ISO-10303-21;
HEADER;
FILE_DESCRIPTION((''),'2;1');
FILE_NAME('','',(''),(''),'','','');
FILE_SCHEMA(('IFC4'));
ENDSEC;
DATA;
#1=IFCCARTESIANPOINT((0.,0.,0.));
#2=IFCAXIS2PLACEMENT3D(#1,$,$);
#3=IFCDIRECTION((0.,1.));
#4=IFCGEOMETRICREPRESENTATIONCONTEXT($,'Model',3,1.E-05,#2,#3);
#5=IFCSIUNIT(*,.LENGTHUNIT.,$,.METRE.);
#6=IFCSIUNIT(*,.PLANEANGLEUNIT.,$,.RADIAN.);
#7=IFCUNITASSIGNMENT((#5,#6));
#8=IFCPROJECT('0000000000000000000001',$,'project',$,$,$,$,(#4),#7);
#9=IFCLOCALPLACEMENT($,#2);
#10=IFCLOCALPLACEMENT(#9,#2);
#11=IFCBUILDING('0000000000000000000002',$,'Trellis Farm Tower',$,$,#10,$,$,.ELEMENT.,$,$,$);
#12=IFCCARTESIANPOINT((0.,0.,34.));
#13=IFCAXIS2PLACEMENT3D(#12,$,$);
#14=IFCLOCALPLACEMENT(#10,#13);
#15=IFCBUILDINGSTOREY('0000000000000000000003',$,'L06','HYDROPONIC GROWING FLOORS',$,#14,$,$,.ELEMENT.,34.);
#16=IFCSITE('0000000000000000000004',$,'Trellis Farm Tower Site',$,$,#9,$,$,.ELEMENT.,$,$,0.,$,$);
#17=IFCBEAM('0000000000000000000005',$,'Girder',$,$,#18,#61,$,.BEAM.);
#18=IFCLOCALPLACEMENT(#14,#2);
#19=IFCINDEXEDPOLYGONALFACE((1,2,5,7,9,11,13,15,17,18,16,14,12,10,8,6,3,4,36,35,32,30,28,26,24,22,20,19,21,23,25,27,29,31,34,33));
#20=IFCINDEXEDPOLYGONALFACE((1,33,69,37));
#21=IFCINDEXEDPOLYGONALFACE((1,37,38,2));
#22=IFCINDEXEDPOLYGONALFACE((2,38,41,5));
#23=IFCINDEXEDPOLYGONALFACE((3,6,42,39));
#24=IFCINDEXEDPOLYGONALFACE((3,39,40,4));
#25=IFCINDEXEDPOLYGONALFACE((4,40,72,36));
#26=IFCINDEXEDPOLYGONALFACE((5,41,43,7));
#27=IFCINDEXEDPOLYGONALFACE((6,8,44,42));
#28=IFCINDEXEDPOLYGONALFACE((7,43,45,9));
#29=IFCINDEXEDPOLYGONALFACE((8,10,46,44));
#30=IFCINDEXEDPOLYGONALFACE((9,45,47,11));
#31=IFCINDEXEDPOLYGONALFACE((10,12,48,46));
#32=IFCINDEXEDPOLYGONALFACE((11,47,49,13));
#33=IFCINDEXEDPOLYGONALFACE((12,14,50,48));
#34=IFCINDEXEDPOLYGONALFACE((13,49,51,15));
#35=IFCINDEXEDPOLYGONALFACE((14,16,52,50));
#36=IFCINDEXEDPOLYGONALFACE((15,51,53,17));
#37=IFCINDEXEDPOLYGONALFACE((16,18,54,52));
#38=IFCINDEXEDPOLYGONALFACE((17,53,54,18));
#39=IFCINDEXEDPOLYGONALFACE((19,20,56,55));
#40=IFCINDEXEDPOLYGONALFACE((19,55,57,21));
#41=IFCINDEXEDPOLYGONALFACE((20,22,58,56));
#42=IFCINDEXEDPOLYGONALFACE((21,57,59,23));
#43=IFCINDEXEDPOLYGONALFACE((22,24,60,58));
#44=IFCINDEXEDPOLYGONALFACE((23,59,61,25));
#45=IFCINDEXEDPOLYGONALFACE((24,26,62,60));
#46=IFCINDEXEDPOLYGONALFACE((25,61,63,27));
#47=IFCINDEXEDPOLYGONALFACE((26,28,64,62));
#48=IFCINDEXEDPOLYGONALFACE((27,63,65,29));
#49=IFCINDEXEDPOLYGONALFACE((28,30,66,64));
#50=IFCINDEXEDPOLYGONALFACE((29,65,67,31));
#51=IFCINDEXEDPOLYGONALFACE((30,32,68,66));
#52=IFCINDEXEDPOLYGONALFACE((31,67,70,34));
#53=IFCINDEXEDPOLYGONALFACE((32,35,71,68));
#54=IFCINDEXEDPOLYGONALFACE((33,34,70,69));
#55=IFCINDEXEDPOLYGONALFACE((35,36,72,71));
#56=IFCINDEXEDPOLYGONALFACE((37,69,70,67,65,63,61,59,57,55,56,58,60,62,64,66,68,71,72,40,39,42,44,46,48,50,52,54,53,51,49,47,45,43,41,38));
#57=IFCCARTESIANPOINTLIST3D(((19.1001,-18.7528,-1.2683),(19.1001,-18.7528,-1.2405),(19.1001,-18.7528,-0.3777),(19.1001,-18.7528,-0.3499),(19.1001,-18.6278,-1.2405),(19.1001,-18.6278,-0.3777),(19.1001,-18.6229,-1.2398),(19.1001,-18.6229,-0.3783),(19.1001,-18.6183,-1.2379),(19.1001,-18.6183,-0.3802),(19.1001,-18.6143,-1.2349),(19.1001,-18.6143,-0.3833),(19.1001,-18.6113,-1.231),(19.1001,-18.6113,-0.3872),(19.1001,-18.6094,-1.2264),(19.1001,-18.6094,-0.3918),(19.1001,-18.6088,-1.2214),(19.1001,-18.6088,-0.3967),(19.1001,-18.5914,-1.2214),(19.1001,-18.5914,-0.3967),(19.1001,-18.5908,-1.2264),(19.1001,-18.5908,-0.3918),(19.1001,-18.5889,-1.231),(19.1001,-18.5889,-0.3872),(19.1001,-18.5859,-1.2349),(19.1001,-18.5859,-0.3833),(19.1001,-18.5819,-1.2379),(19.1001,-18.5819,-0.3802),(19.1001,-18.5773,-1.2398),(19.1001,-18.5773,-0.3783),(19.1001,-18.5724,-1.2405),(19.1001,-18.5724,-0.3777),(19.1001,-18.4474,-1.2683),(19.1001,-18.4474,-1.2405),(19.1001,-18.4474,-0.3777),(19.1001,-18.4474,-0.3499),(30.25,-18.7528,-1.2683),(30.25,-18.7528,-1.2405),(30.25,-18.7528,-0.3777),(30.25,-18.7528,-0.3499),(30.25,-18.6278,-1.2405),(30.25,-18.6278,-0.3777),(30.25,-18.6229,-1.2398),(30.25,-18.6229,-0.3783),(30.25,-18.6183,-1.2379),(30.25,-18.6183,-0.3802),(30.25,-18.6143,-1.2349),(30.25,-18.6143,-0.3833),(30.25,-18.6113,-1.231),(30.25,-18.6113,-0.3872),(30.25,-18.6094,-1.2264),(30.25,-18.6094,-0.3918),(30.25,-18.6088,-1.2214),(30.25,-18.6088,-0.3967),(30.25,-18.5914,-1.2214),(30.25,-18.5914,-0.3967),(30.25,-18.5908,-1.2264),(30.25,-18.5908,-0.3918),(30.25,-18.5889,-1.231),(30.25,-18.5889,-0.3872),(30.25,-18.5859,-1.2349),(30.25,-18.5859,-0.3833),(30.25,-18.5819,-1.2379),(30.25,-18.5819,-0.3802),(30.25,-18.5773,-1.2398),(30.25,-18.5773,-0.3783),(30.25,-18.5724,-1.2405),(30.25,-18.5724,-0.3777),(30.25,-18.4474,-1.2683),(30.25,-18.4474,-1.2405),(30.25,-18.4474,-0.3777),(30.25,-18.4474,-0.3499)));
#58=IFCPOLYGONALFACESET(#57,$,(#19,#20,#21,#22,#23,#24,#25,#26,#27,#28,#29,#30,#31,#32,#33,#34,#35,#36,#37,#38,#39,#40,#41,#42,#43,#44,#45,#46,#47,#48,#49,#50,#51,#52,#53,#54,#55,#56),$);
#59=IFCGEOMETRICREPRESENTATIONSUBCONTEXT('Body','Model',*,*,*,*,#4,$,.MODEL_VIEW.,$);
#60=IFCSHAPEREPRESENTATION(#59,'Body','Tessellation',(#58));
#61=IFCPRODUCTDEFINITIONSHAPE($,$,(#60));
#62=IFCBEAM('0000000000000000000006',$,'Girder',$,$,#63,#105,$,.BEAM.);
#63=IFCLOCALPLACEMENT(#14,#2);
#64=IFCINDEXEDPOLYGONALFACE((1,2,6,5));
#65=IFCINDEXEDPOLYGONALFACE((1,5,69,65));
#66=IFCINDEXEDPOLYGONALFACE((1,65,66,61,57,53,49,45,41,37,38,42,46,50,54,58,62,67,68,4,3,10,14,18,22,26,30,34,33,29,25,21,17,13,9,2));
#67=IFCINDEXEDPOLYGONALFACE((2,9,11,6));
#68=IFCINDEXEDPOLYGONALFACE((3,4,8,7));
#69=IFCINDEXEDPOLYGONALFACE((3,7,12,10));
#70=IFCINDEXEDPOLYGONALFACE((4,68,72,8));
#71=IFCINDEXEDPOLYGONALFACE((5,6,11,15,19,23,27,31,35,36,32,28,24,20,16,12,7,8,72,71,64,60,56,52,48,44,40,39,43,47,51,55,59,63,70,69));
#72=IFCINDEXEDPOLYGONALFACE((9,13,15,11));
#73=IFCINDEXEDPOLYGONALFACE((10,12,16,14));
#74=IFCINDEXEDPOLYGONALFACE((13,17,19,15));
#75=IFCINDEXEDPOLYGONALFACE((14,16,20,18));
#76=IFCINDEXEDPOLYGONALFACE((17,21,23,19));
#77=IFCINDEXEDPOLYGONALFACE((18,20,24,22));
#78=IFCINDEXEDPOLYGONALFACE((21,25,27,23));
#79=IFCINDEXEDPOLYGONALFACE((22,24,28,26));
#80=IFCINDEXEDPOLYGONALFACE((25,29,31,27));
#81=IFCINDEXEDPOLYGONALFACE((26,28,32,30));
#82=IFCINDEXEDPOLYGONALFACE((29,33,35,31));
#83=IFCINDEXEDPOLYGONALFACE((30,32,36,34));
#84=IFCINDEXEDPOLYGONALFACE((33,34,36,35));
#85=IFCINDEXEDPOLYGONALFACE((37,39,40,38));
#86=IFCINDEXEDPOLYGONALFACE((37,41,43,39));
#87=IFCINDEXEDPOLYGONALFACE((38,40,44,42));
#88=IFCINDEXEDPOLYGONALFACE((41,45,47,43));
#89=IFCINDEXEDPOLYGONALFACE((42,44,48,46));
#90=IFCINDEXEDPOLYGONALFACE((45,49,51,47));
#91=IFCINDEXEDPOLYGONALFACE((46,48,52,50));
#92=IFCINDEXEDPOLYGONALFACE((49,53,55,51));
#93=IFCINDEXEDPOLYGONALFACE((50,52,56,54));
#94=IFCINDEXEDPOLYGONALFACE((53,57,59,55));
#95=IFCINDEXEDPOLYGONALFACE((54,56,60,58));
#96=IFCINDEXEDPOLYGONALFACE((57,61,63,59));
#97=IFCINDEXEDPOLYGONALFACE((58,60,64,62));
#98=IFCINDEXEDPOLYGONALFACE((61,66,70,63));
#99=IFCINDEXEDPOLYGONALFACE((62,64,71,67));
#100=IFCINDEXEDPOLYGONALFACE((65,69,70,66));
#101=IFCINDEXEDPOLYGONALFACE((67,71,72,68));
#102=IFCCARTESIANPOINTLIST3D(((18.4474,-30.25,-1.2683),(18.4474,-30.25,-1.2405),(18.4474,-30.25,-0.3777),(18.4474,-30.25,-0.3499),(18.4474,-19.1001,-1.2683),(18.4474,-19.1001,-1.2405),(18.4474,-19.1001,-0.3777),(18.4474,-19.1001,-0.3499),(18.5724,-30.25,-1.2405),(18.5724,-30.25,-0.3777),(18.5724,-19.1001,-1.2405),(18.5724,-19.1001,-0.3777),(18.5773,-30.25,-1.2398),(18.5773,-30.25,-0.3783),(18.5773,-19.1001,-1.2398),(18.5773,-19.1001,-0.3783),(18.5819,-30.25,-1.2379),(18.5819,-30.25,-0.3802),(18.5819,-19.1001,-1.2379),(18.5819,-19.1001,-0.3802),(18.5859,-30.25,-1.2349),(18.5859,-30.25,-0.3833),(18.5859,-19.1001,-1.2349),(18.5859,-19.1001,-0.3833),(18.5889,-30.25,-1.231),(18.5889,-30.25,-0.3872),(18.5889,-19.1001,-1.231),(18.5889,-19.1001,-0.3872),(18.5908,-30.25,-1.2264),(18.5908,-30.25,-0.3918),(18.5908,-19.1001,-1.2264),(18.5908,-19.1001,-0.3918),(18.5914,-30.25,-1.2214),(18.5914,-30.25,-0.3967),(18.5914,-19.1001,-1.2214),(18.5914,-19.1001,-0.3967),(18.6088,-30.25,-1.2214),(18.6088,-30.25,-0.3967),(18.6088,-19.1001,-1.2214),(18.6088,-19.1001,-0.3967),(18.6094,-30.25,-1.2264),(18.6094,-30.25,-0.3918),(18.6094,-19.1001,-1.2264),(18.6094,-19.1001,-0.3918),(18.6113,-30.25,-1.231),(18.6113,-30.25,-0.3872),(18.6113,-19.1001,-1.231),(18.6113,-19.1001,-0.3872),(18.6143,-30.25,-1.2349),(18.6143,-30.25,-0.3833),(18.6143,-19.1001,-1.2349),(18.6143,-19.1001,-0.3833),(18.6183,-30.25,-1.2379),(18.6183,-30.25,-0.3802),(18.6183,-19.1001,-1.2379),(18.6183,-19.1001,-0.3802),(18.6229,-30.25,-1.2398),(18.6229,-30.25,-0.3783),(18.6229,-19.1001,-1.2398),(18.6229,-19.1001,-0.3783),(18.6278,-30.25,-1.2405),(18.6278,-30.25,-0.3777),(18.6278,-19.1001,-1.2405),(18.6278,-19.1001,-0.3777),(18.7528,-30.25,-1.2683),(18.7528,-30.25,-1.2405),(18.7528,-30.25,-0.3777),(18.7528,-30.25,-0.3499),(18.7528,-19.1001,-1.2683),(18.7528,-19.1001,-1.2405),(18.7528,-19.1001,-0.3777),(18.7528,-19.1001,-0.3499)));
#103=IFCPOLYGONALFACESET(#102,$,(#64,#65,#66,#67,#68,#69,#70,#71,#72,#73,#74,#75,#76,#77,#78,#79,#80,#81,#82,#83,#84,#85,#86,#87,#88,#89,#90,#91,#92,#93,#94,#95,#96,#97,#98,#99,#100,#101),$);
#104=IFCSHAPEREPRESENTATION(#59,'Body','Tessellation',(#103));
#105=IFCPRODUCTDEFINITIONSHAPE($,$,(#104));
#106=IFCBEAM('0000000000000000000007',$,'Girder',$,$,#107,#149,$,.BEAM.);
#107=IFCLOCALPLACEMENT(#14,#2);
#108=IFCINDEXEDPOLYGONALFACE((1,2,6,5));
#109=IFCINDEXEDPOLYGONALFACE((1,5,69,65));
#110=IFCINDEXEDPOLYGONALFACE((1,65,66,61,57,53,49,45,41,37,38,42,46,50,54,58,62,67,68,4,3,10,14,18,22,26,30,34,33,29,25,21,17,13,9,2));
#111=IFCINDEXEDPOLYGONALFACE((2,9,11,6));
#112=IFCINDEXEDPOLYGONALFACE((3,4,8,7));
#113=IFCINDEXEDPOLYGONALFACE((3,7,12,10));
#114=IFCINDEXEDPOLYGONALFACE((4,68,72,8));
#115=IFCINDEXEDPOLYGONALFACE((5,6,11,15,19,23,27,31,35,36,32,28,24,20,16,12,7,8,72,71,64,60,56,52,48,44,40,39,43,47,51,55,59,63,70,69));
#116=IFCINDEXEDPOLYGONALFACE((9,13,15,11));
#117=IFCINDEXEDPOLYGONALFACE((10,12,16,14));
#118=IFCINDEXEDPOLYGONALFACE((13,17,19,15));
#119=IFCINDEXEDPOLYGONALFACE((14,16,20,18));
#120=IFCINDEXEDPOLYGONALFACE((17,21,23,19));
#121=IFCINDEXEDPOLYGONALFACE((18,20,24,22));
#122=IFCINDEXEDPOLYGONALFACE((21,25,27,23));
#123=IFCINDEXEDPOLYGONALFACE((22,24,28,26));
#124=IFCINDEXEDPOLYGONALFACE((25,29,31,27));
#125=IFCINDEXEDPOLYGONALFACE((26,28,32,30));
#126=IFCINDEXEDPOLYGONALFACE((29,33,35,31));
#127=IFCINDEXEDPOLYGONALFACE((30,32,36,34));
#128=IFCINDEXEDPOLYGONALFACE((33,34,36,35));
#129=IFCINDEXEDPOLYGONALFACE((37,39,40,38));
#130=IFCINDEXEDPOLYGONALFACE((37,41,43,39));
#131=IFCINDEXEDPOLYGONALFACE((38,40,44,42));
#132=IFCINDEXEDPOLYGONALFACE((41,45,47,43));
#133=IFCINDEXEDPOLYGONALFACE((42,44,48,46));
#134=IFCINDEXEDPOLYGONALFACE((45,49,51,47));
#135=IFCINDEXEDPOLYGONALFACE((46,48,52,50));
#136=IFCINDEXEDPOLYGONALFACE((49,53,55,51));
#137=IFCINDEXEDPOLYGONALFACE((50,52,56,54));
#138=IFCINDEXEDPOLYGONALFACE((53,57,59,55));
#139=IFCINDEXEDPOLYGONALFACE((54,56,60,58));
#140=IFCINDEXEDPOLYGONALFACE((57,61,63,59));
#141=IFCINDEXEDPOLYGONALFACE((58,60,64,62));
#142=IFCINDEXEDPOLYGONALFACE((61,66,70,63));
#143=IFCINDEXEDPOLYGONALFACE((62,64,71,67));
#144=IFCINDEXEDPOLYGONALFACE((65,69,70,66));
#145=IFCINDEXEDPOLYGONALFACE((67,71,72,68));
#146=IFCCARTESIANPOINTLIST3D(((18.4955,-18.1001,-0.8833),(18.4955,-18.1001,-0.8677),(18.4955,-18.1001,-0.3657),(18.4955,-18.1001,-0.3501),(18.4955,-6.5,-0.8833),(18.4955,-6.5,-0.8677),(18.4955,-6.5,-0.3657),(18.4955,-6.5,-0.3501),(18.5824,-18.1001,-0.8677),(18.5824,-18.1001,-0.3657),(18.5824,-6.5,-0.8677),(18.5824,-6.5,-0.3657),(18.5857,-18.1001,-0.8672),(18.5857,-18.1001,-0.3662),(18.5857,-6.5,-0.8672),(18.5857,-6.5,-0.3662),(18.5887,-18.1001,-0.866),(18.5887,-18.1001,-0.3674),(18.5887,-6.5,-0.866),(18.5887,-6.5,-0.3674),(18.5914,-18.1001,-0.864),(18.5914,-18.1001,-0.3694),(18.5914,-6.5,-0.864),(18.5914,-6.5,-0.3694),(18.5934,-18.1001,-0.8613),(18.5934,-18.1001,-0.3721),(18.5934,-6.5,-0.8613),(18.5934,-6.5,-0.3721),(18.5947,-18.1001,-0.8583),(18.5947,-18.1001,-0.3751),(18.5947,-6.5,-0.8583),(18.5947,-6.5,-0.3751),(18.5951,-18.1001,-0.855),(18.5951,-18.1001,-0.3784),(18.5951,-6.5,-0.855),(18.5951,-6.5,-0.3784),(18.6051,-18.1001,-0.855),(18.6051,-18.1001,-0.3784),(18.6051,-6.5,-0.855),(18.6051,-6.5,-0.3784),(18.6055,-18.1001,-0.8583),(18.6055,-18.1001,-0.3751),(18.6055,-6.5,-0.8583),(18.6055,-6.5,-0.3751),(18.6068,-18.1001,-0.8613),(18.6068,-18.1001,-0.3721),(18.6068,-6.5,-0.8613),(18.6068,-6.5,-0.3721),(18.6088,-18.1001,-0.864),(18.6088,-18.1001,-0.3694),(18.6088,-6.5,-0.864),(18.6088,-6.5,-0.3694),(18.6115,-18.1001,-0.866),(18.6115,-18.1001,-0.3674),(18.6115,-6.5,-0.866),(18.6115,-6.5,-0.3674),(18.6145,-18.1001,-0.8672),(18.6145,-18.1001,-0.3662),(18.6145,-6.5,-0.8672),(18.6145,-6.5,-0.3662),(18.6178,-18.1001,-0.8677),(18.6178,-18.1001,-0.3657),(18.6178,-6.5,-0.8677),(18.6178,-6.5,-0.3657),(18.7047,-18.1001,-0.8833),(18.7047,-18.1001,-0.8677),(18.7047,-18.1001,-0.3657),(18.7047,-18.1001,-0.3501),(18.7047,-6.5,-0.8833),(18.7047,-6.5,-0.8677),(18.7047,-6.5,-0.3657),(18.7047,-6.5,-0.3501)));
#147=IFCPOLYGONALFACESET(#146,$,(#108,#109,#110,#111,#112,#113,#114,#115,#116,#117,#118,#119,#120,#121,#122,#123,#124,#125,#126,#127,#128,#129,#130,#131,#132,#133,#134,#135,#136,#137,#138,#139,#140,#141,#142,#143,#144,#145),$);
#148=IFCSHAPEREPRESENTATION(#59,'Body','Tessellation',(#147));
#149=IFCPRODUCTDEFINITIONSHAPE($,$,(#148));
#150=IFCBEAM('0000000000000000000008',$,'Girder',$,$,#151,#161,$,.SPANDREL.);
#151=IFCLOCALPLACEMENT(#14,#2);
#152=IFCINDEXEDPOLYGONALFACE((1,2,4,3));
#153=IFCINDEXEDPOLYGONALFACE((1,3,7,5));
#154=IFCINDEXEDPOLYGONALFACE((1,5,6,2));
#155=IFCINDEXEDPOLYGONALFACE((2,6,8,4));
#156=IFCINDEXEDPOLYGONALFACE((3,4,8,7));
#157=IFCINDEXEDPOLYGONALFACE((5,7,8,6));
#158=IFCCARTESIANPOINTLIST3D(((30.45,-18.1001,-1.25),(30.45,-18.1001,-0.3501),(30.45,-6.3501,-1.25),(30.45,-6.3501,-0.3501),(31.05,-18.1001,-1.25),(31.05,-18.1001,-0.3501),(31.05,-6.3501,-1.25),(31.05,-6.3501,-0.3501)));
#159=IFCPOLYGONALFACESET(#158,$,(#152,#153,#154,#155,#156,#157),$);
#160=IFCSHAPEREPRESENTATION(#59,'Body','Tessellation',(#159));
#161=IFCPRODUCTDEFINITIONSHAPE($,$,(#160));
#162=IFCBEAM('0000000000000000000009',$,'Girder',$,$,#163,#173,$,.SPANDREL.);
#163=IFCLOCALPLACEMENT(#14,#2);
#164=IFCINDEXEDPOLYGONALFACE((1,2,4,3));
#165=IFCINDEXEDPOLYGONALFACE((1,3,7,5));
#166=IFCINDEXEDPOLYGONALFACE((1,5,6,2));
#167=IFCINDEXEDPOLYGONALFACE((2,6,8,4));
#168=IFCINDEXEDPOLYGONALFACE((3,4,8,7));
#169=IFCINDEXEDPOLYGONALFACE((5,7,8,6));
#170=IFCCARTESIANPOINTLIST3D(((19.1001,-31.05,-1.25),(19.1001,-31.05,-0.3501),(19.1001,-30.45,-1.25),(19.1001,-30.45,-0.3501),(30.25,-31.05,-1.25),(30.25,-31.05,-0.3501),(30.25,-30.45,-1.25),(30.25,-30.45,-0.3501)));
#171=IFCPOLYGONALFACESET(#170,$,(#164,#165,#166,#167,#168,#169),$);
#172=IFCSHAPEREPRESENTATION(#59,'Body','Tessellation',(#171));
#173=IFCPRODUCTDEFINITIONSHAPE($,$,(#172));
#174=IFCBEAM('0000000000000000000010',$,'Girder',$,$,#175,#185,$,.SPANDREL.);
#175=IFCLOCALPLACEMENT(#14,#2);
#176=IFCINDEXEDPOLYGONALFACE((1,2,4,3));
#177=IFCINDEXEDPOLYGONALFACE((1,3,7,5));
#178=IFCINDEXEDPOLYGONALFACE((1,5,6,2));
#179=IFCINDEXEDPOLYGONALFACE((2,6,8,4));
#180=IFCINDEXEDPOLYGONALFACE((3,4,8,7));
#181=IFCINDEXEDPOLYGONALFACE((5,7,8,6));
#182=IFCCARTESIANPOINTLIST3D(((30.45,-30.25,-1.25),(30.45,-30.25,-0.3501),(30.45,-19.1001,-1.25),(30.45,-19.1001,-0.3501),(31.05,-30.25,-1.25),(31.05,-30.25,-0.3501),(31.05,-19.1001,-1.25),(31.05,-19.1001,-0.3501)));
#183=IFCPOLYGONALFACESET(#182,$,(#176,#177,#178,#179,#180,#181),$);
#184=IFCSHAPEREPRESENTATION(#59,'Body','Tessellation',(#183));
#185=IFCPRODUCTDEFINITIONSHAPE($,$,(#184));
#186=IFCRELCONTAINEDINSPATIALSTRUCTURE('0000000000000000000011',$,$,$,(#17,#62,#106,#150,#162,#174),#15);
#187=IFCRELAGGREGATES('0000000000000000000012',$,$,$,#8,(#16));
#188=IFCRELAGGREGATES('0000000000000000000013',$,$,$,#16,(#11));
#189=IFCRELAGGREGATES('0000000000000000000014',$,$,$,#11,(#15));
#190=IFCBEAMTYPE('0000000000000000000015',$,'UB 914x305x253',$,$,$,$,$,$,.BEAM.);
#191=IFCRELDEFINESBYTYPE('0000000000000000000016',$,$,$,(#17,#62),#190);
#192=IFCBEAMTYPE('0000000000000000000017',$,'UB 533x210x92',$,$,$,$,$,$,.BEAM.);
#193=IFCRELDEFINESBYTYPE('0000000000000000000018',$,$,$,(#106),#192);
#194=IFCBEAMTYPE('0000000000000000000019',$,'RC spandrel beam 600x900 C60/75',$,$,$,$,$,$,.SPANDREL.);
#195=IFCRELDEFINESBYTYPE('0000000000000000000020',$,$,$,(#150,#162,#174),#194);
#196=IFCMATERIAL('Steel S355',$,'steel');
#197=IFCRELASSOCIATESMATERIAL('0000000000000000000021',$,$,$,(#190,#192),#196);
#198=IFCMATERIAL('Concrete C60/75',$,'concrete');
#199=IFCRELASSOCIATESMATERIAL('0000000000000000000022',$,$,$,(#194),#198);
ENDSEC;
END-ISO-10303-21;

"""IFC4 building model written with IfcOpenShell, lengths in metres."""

from ifc_helpers import new_model, si_unit, direction, frame, origin, origin_2d, place, context, subcontext, project, spatial, rectangle, i_section, extrude, source, transform, mapped, material, material_profile, profile_set, type_object, element, save


model = new_model("IFC4")

# Units and contexts
model_context = context("Model", 3, precision=1e-05, world=origin(), true_north=direction((0.0, 1.0)))
body_context = subcontext(model_context, "Body", "Model", "MODEL_VIEW")
ifc_project = project(units=[si_unit("LENGTHUNIT", "METRE"), si_unit("PLANEANGLEUNIT", "RADIAN")], contexts=[model_context])

# Site, building, storey
site_placement = place(None, origin())
site = spatial("IfcSite", under=ifc_project, at=site_placement, Name="Trellis Farm Tower Site", CompositionType="ELEMENT", RefElevation=0.0)
building_placement = place(site_placement, origin())
building = spatial("IfcBuilding", under=site, at=building_placement, Name="Trellis Farm Tower", CompositionType="ELEMENT")
storey_placement = place(building_placement, frame((0.0, 0.0, 34.0)))
storey = spatial("IfcBuildingStorey", under=building, at=storey_placement, Name="L06", Description="HYDROPONIC GROWING FLOORS", CompositionType="ELEMENT", Elevation=34.0)

# Beams
ifc_material_1 = material(Name="Steel S355", Category="steel")
ifc_material_profile_1 = material_profile(ifc_material_1, i_section(OverallWidth=0.3054, OverallDepth=0.9185, WebThickness=0.0173, FlangeThickness=0.0278, FilletRadius=0.019, at=origin_2d()), Name="UB 914x305x253")
ifc_profile_set_1 = profile_set([ifc_material_profile_1], Name="Steel S355")
beam_type_1 = type_object("IfcBeamType", Name="UB 914x305x253", PredefinedType="BEAM", material=ifc_profile_set_1)
shared_shape_1 = source(origin(), body_context, "Body", "SweptSolid", [
    extrude(i_section(OverallWidth=0.3054, OverallDepth=0.9185, WebThickness=0.0173, FlangeThickness=0.0278, FilletRadius=0.019, at=origin_2d()), origin(), (0.0, 0.0, 1.0), 11.1499),
])
for number, where, z_axis, x_axis, name in (
    (1, (19.1001, -18.6001, -0.8091), (1.0, 0.0, 0.0), (0.0, 1.0, 0.0), "Girder"),
    (2, (18.6001, -30.25, -0.8091), (0.0, 1.0, 0.0), (-1.0, 0.0, 0.0), "Girder"),
):
    element("IfcBeam", number, at=place(storey_placement, frame(where, z_axis=z_axis, x_axis=x_axis)), inside=storey, type_object=beam_type_1, Name=name, PredefinedType="BEAM", context=body_context, shape_type="MappedRepresentation", body=[
        mapped(shared_shape_1, transform((0.0, 0.0, 0.0))),
    ])
ifc_material_profile_2 = material_profile(ifc_material_1, i_section(OverallWidth=0.2092, OverallDepth=0.5332, WebThickness=0.01, FlangeThickness=0.0156, FilletRadius=0.0127, at=origin_2d()), Name="UB 533x210x92")
ifc_profile_set_2 = profile_set([ifc_material_profile_2], Name="Steel S355")
beam_type_2 = type_object("IfcBeamType", Name="UB 533x210x92", PredefinedType="BEAM", material=ifc_profile_set_2)
shared_shape_2 = source(origin(), body_context, "Body", "SweptSolid", [
    extrude(i_section(OverallWidth=0.2092, OverallDepth=0.5332, WebThickness=0.01, FlangeThickness=0.0156, FilletRadius=0.0127, at=origin_2d()), origin(), (0.0, 0.0, 1.0), 11.6001),
])
beam_1_placement = place(storey_placement, frame((18.6001, -18.1001, -0.6167), z_axis=(0.0, 1.0, 0.0), x_axis=(-1.0, 0.0, 0.0)))
element("IfcBeam", 3, at=beam_1_placement, inside=storey, type_object=beam_type_2, Name="Girder", PredefinedType="BEAM", context=body_context, shape_type="MappedRepresentation", body=[
    mapped(shared_shape_2, transform((0.0, 0.0, 0.0))),
])
ifc_material_2 = material(Name="Concrete C60/75", Category="concrete")
ifc_material_profile_3 = material_profile(ifc_material_2, rectangle(XDim=0.6001, YDim=0.8999, at=origin_2d()), Name="RC spandrel beam 600x900 C60/75")
ifc_profile_set_3 = profile_set([ifc_material_profile_3], Name="Concrete C60/75")
beam_type_3 = type_object("IfcBeamType", Name="RC spandrel beam 600x900 C60/75", PredefinedType="SPANDREL", material=ifc_profile_set_3)
shared_shape_3 = source(origin(), body_context, "Body", "SweptSolid", [
    extrude(rectangle(XDim=0.6001, YDim=0.8999, at=origin_2d()), origin(), (0.0, 0.0, 1.0), 11.75),
])
beam_2_placement = place(storey_placement, frame((30.75, -18.1001, -0.8), z_axis=(0.0, 1.0, 0.0), x_axis=(-1.0, 0.0, 0.0)))
element("IfcBeam", 4, at=beam_2_placement, inside=storey, type_object=beam_type_3, Name="Girder", PredefinedType="SPANDREL", context=body_context, shape_type="MappedRepresentation", body=[
    mapped(shared_shape_3, transform((0.0, 0.0, 0.0))),
])
shared_shape_4 = source(origin(), body_context, "Body", "SweptSolid", [
    extrude(rectangle(XDim=0.6001, YDim=0.8999, at=origin_2d()), origin(), (0.0, 0.0, 1.0), 11.1499),
])
for number, where, z_axis, x_axis, name in (
    (5, (19.1001, -30.75, -0.8), (1.0, 0.0, 0.0), (0.0, 1.0, 0.0), "Girder"),
    (6, (30.75, -30.25, -0.8), (0.0, 1.0, 0.0), (-1.0, 0.0, 0.0), "Girder"),
):
    element("IfcBeam", number, at=place(storey_placement, frame(where, z_axis=z_axis, x_axis=x_axis)), inside=storey, type_object=beam_type_3, Name=name, PredefinedType="SPANDREL", context=body_context, shape_type="MappedRepresentation", body=[
        mapped(shared_shape_4, transform((0.0, 0.0, 0.0))),
    ])

save(model, "model.ifc")
